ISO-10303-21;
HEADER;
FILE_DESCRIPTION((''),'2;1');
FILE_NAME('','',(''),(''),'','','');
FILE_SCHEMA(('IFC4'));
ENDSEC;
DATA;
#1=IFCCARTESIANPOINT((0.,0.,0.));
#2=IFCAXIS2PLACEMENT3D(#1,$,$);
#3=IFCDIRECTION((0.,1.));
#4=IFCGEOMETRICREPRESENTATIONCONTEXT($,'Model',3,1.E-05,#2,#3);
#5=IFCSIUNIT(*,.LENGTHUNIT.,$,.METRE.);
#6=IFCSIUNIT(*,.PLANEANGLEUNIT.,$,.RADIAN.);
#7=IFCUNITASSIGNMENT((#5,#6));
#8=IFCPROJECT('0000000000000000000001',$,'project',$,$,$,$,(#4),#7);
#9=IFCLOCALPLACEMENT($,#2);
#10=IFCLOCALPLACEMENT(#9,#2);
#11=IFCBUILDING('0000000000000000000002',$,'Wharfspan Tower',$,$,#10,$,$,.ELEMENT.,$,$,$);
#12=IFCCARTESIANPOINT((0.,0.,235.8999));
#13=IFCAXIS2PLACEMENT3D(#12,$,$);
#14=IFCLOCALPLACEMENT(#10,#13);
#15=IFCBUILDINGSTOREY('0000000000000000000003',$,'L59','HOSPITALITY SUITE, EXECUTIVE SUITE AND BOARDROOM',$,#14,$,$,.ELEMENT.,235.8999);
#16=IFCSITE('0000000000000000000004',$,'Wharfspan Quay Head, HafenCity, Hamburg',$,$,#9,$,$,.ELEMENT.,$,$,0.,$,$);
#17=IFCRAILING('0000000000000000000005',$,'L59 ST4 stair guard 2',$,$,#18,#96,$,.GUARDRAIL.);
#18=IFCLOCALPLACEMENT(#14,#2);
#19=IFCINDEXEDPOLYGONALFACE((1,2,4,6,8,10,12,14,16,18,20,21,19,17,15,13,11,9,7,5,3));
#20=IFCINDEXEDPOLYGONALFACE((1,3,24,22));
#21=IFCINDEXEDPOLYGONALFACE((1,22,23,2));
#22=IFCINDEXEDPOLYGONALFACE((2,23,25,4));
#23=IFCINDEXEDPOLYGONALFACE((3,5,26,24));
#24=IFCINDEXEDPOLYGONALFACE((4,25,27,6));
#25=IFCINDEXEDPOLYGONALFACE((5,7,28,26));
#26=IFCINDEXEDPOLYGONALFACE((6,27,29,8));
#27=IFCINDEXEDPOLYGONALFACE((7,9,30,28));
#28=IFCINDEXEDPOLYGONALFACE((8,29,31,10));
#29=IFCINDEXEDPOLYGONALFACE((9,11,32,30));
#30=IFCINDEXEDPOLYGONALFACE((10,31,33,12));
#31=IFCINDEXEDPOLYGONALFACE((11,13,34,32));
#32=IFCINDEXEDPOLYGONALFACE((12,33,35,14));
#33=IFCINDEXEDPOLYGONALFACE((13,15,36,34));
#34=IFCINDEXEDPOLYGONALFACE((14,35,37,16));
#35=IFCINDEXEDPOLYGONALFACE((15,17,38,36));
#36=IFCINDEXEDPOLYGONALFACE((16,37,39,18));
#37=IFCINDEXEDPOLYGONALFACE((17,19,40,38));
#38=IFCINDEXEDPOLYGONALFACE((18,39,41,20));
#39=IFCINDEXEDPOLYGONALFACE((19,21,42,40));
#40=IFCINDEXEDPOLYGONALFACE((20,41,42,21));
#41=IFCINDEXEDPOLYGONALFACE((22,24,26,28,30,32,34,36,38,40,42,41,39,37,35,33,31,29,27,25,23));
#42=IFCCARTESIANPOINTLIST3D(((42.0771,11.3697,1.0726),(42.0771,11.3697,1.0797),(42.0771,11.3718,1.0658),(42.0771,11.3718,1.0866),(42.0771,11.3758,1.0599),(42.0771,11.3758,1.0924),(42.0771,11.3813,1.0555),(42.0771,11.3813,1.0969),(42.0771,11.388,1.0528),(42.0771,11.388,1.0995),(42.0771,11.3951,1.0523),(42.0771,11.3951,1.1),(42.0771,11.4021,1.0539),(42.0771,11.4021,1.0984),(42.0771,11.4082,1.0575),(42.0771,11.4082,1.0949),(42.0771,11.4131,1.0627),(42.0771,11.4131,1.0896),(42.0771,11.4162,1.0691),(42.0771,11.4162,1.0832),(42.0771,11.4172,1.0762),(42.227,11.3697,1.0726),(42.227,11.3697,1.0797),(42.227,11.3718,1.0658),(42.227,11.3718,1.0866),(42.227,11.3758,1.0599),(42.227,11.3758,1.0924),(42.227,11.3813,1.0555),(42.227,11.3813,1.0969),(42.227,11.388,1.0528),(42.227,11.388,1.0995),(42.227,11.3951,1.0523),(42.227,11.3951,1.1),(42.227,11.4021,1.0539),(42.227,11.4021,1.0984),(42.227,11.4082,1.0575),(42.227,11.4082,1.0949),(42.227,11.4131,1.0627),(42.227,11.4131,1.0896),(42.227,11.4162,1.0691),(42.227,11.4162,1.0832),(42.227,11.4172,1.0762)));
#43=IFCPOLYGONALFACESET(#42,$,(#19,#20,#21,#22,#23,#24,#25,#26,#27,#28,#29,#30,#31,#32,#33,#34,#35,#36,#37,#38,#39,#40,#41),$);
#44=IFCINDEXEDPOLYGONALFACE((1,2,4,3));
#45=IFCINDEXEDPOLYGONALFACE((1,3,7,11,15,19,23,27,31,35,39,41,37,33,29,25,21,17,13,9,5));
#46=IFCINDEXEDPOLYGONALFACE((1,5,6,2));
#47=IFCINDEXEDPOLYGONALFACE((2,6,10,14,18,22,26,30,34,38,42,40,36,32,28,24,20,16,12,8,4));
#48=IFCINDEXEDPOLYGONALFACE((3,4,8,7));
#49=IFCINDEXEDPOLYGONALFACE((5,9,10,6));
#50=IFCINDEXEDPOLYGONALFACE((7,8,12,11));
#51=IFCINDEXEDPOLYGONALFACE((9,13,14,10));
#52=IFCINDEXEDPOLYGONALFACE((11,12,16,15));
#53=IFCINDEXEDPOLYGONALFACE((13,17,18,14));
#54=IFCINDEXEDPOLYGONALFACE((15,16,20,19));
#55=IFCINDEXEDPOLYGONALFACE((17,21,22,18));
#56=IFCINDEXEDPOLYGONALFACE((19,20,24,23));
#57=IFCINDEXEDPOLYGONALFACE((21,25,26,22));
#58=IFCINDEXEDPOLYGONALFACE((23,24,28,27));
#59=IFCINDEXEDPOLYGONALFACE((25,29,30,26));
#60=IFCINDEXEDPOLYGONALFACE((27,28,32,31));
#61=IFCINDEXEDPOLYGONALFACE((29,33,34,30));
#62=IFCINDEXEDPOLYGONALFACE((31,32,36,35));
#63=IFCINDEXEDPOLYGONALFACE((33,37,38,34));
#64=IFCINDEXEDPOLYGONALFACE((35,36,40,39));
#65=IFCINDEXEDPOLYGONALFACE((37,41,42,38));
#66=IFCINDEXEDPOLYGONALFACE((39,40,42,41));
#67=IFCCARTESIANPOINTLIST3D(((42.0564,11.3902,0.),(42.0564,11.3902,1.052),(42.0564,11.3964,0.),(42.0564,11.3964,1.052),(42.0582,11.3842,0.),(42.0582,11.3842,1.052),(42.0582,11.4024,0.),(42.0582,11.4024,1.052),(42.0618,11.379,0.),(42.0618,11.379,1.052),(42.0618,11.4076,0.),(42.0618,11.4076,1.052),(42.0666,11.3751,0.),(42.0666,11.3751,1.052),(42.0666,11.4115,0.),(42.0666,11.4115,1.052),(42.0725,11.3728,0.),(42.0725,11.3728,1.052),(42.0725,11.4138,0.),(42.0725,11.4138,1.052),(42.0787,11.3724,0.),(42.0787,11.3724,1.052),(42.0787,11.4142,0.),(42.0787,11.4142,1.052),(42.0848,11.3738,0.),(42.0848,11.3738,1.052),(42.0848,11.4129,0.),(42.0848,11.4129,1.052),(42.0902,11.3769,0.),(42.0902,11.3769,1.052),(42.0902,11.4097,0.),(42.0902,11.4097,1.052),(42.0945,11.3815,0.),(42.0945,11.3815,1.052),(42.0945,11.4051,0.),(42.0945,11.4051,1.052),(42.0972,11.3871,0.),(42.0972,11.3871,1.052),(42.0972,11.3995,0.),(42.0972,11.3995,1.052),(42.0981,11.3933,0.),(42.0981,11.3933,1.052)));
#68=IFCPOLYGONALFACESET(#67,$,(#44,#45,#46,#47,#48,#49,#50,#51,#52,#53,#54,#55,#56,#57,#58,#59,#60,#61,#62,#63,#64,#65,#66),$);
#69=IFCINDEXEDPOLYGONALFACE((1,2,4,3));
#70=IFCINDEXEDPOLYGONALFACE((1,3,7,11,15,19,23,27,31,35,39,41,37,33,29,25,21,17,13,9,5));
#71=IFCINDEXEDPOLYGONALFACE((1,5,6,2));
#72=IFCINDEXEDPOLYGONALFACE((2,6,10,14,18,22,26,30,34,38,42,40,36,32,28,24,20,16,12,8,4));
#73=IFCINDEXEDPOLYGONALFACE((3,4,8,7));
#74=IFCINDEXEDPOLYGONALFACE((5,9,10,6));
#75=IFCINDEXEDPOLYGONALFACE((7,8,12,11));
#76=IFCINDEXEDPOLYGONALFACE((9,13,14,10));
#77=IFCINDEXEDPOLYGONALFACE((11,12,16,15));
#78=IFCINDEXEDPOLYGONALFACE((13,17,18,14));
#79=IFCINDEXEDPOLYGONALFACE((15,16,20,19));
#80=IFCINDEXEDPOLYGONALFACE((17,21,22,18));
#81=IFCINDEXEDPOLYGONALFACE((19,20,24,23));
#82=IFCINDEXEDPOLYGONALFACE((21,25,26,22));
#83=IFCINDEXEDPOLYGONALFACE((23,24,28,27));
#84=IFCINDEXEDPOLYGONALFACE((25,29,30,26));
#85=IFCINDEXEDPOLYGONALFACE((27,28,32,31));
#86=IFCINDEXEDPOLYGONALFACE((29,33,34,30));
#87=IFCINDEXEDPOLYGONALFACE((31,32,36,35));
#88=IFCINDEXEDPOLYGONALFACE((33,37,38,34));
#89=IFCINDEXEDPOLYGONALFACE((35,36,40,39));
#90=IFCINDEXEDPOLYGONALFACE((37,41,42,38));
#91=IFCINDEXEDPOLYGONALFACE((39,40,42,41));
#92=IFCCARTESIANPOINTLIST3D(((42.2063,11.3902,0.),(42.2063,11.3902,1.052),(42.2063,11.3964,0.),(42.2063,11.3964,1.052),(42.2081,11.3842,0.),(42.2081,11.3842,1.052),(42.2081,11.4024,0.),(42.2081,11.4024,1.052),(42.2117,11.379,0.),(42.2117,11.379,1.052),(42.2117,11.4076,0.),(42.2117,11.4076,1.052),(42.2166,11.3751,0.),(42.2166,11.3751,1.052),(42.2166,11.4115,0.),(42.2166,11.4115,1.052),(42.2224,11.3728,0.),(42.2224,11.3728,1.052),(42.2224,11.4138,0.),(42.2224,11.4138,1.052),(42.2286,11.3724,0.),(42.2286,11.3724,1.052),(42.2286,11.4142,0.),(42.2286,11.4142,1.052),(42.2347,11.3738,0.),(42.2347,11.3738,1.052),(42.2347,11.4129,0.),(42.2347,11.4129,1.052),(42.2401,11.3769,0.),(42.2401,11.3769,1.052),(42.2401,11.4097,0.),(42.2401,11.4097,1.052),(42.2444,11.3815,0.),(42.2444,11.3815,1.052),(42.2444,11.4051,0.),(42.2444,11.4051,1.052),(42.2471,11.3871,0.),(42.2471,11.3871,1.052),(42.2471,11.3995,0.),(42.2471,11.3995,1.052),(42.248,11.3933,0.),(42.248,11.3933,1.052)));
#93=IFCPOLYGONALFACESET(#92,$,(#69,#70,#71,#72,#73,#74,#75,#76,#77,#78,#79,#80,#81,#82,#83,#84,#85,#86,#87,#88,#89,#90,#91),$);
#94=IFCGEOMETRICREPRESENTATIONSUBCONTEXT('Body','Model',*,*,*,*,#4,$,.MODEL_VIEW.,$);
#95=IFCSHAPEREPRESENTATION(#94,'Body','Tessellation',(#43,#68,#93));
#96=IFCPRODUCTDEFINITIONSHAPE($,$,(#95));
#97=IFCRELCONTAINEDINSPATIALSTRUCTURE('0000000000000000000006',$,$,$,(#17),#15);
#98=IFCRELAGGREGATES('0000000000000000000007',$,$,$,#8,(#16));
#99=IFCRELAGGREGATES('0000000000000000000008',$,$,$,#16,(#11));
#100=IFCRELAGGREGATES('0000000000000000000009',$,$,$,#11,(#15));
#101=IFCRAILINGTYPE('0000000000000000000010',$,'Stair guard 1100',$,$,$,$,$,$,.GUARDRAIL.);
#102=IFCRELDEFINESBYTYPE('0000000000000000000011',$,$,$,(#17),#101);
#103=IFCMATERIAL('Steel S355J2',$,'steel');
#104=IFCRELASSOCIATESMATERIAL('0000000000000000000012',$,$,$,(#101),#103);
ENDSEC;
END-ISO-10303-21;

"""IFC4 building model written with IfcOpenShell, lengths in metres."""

from ifc_helpers import new_model, si_unit, direction, frame, origin, origin_2d, place, context, subcontext, project, spatial, circle, extrude, material, type_object, element, save


model = new_model("IFC4")

# Units and contexts
model_context = context("Model", 3, precision=1e-05, world=origin(), true_north=direction((0.0, 1.0)))
body_context = subcontext(model_context, "Body", "Model", "MODEL_VIEW")
ifc_project = project(units=[si_unit("LENGTHUNIT", "METRE"), si_unit("PLANEANGLEUNIT", "RADIAN")], contexts=[model_context])

# Site, building, storey
site_placement = place(None, origin())
site = spatial("IfcSite", under=ifc_project, at=site_placement, Name="Wharfspan Quay Head, HafenCity, Hamburg", CompositionType="ELEMENT", RefElevation=0.0)
building_placement = place(site_placement, origin())
building = spatial("IfcBuilding", under=site, at=building_placement, Name="Wharfspan Tower", CompositionType="ELEMENT")
storey_placement = place(building_placement, frame((0.0, 0.0, 235.8999)))
storey = spatial("IfcBuildingStorey", under=building, at=storey_placement, Name="L59", Description="HOSPITALITY SUITE, EXECUTIVE SUITE AND BOARDROOM", CompositionType="ELEMENT", Elevation=235.8999)

# Shared definitions
ifc_material_1 = material(Name="Steel S355J2", Category="steel")

# Railing
railing_type_1 = type_object("IfcRailingType", Name="Stair guard 1100", PredefinedType="GUARDRAIL", material=ifc_material_1)
railing_1_placement = place(storey_placement, frame((42.0771, 11.3933, 0.0)))
element("IfcRailing", 1, at=railing_1_placement, inside=storey, type_object=railing_type_1, Name="L59 ST4 stair guard 2", PredefinedType="GUARDRAIL", context=body_context, shape_type="SweptSolid", body=[
    extrude(circle(Radius=0.0239, at=origin_2d()), frame((0.0, 0.0, 1.0762), z_axis=(1.0, 0.0, 0.0), x_axis=(0.0, 1.0, 0.0)), (0.0, 0.0, 1.0), 0.1499),
    extrude(circle(Radius=0.021, at=origin_2d()), origin(), (0.0, 0.0, 1.0), 1.052),
    extrude(circle(Radius=0.021, at=origin_2d()), frame((0.1499, 0.0, 0.0)), (0.0, 0.0, 1.0), 1.052),
])

save(model, "model.ifc")
